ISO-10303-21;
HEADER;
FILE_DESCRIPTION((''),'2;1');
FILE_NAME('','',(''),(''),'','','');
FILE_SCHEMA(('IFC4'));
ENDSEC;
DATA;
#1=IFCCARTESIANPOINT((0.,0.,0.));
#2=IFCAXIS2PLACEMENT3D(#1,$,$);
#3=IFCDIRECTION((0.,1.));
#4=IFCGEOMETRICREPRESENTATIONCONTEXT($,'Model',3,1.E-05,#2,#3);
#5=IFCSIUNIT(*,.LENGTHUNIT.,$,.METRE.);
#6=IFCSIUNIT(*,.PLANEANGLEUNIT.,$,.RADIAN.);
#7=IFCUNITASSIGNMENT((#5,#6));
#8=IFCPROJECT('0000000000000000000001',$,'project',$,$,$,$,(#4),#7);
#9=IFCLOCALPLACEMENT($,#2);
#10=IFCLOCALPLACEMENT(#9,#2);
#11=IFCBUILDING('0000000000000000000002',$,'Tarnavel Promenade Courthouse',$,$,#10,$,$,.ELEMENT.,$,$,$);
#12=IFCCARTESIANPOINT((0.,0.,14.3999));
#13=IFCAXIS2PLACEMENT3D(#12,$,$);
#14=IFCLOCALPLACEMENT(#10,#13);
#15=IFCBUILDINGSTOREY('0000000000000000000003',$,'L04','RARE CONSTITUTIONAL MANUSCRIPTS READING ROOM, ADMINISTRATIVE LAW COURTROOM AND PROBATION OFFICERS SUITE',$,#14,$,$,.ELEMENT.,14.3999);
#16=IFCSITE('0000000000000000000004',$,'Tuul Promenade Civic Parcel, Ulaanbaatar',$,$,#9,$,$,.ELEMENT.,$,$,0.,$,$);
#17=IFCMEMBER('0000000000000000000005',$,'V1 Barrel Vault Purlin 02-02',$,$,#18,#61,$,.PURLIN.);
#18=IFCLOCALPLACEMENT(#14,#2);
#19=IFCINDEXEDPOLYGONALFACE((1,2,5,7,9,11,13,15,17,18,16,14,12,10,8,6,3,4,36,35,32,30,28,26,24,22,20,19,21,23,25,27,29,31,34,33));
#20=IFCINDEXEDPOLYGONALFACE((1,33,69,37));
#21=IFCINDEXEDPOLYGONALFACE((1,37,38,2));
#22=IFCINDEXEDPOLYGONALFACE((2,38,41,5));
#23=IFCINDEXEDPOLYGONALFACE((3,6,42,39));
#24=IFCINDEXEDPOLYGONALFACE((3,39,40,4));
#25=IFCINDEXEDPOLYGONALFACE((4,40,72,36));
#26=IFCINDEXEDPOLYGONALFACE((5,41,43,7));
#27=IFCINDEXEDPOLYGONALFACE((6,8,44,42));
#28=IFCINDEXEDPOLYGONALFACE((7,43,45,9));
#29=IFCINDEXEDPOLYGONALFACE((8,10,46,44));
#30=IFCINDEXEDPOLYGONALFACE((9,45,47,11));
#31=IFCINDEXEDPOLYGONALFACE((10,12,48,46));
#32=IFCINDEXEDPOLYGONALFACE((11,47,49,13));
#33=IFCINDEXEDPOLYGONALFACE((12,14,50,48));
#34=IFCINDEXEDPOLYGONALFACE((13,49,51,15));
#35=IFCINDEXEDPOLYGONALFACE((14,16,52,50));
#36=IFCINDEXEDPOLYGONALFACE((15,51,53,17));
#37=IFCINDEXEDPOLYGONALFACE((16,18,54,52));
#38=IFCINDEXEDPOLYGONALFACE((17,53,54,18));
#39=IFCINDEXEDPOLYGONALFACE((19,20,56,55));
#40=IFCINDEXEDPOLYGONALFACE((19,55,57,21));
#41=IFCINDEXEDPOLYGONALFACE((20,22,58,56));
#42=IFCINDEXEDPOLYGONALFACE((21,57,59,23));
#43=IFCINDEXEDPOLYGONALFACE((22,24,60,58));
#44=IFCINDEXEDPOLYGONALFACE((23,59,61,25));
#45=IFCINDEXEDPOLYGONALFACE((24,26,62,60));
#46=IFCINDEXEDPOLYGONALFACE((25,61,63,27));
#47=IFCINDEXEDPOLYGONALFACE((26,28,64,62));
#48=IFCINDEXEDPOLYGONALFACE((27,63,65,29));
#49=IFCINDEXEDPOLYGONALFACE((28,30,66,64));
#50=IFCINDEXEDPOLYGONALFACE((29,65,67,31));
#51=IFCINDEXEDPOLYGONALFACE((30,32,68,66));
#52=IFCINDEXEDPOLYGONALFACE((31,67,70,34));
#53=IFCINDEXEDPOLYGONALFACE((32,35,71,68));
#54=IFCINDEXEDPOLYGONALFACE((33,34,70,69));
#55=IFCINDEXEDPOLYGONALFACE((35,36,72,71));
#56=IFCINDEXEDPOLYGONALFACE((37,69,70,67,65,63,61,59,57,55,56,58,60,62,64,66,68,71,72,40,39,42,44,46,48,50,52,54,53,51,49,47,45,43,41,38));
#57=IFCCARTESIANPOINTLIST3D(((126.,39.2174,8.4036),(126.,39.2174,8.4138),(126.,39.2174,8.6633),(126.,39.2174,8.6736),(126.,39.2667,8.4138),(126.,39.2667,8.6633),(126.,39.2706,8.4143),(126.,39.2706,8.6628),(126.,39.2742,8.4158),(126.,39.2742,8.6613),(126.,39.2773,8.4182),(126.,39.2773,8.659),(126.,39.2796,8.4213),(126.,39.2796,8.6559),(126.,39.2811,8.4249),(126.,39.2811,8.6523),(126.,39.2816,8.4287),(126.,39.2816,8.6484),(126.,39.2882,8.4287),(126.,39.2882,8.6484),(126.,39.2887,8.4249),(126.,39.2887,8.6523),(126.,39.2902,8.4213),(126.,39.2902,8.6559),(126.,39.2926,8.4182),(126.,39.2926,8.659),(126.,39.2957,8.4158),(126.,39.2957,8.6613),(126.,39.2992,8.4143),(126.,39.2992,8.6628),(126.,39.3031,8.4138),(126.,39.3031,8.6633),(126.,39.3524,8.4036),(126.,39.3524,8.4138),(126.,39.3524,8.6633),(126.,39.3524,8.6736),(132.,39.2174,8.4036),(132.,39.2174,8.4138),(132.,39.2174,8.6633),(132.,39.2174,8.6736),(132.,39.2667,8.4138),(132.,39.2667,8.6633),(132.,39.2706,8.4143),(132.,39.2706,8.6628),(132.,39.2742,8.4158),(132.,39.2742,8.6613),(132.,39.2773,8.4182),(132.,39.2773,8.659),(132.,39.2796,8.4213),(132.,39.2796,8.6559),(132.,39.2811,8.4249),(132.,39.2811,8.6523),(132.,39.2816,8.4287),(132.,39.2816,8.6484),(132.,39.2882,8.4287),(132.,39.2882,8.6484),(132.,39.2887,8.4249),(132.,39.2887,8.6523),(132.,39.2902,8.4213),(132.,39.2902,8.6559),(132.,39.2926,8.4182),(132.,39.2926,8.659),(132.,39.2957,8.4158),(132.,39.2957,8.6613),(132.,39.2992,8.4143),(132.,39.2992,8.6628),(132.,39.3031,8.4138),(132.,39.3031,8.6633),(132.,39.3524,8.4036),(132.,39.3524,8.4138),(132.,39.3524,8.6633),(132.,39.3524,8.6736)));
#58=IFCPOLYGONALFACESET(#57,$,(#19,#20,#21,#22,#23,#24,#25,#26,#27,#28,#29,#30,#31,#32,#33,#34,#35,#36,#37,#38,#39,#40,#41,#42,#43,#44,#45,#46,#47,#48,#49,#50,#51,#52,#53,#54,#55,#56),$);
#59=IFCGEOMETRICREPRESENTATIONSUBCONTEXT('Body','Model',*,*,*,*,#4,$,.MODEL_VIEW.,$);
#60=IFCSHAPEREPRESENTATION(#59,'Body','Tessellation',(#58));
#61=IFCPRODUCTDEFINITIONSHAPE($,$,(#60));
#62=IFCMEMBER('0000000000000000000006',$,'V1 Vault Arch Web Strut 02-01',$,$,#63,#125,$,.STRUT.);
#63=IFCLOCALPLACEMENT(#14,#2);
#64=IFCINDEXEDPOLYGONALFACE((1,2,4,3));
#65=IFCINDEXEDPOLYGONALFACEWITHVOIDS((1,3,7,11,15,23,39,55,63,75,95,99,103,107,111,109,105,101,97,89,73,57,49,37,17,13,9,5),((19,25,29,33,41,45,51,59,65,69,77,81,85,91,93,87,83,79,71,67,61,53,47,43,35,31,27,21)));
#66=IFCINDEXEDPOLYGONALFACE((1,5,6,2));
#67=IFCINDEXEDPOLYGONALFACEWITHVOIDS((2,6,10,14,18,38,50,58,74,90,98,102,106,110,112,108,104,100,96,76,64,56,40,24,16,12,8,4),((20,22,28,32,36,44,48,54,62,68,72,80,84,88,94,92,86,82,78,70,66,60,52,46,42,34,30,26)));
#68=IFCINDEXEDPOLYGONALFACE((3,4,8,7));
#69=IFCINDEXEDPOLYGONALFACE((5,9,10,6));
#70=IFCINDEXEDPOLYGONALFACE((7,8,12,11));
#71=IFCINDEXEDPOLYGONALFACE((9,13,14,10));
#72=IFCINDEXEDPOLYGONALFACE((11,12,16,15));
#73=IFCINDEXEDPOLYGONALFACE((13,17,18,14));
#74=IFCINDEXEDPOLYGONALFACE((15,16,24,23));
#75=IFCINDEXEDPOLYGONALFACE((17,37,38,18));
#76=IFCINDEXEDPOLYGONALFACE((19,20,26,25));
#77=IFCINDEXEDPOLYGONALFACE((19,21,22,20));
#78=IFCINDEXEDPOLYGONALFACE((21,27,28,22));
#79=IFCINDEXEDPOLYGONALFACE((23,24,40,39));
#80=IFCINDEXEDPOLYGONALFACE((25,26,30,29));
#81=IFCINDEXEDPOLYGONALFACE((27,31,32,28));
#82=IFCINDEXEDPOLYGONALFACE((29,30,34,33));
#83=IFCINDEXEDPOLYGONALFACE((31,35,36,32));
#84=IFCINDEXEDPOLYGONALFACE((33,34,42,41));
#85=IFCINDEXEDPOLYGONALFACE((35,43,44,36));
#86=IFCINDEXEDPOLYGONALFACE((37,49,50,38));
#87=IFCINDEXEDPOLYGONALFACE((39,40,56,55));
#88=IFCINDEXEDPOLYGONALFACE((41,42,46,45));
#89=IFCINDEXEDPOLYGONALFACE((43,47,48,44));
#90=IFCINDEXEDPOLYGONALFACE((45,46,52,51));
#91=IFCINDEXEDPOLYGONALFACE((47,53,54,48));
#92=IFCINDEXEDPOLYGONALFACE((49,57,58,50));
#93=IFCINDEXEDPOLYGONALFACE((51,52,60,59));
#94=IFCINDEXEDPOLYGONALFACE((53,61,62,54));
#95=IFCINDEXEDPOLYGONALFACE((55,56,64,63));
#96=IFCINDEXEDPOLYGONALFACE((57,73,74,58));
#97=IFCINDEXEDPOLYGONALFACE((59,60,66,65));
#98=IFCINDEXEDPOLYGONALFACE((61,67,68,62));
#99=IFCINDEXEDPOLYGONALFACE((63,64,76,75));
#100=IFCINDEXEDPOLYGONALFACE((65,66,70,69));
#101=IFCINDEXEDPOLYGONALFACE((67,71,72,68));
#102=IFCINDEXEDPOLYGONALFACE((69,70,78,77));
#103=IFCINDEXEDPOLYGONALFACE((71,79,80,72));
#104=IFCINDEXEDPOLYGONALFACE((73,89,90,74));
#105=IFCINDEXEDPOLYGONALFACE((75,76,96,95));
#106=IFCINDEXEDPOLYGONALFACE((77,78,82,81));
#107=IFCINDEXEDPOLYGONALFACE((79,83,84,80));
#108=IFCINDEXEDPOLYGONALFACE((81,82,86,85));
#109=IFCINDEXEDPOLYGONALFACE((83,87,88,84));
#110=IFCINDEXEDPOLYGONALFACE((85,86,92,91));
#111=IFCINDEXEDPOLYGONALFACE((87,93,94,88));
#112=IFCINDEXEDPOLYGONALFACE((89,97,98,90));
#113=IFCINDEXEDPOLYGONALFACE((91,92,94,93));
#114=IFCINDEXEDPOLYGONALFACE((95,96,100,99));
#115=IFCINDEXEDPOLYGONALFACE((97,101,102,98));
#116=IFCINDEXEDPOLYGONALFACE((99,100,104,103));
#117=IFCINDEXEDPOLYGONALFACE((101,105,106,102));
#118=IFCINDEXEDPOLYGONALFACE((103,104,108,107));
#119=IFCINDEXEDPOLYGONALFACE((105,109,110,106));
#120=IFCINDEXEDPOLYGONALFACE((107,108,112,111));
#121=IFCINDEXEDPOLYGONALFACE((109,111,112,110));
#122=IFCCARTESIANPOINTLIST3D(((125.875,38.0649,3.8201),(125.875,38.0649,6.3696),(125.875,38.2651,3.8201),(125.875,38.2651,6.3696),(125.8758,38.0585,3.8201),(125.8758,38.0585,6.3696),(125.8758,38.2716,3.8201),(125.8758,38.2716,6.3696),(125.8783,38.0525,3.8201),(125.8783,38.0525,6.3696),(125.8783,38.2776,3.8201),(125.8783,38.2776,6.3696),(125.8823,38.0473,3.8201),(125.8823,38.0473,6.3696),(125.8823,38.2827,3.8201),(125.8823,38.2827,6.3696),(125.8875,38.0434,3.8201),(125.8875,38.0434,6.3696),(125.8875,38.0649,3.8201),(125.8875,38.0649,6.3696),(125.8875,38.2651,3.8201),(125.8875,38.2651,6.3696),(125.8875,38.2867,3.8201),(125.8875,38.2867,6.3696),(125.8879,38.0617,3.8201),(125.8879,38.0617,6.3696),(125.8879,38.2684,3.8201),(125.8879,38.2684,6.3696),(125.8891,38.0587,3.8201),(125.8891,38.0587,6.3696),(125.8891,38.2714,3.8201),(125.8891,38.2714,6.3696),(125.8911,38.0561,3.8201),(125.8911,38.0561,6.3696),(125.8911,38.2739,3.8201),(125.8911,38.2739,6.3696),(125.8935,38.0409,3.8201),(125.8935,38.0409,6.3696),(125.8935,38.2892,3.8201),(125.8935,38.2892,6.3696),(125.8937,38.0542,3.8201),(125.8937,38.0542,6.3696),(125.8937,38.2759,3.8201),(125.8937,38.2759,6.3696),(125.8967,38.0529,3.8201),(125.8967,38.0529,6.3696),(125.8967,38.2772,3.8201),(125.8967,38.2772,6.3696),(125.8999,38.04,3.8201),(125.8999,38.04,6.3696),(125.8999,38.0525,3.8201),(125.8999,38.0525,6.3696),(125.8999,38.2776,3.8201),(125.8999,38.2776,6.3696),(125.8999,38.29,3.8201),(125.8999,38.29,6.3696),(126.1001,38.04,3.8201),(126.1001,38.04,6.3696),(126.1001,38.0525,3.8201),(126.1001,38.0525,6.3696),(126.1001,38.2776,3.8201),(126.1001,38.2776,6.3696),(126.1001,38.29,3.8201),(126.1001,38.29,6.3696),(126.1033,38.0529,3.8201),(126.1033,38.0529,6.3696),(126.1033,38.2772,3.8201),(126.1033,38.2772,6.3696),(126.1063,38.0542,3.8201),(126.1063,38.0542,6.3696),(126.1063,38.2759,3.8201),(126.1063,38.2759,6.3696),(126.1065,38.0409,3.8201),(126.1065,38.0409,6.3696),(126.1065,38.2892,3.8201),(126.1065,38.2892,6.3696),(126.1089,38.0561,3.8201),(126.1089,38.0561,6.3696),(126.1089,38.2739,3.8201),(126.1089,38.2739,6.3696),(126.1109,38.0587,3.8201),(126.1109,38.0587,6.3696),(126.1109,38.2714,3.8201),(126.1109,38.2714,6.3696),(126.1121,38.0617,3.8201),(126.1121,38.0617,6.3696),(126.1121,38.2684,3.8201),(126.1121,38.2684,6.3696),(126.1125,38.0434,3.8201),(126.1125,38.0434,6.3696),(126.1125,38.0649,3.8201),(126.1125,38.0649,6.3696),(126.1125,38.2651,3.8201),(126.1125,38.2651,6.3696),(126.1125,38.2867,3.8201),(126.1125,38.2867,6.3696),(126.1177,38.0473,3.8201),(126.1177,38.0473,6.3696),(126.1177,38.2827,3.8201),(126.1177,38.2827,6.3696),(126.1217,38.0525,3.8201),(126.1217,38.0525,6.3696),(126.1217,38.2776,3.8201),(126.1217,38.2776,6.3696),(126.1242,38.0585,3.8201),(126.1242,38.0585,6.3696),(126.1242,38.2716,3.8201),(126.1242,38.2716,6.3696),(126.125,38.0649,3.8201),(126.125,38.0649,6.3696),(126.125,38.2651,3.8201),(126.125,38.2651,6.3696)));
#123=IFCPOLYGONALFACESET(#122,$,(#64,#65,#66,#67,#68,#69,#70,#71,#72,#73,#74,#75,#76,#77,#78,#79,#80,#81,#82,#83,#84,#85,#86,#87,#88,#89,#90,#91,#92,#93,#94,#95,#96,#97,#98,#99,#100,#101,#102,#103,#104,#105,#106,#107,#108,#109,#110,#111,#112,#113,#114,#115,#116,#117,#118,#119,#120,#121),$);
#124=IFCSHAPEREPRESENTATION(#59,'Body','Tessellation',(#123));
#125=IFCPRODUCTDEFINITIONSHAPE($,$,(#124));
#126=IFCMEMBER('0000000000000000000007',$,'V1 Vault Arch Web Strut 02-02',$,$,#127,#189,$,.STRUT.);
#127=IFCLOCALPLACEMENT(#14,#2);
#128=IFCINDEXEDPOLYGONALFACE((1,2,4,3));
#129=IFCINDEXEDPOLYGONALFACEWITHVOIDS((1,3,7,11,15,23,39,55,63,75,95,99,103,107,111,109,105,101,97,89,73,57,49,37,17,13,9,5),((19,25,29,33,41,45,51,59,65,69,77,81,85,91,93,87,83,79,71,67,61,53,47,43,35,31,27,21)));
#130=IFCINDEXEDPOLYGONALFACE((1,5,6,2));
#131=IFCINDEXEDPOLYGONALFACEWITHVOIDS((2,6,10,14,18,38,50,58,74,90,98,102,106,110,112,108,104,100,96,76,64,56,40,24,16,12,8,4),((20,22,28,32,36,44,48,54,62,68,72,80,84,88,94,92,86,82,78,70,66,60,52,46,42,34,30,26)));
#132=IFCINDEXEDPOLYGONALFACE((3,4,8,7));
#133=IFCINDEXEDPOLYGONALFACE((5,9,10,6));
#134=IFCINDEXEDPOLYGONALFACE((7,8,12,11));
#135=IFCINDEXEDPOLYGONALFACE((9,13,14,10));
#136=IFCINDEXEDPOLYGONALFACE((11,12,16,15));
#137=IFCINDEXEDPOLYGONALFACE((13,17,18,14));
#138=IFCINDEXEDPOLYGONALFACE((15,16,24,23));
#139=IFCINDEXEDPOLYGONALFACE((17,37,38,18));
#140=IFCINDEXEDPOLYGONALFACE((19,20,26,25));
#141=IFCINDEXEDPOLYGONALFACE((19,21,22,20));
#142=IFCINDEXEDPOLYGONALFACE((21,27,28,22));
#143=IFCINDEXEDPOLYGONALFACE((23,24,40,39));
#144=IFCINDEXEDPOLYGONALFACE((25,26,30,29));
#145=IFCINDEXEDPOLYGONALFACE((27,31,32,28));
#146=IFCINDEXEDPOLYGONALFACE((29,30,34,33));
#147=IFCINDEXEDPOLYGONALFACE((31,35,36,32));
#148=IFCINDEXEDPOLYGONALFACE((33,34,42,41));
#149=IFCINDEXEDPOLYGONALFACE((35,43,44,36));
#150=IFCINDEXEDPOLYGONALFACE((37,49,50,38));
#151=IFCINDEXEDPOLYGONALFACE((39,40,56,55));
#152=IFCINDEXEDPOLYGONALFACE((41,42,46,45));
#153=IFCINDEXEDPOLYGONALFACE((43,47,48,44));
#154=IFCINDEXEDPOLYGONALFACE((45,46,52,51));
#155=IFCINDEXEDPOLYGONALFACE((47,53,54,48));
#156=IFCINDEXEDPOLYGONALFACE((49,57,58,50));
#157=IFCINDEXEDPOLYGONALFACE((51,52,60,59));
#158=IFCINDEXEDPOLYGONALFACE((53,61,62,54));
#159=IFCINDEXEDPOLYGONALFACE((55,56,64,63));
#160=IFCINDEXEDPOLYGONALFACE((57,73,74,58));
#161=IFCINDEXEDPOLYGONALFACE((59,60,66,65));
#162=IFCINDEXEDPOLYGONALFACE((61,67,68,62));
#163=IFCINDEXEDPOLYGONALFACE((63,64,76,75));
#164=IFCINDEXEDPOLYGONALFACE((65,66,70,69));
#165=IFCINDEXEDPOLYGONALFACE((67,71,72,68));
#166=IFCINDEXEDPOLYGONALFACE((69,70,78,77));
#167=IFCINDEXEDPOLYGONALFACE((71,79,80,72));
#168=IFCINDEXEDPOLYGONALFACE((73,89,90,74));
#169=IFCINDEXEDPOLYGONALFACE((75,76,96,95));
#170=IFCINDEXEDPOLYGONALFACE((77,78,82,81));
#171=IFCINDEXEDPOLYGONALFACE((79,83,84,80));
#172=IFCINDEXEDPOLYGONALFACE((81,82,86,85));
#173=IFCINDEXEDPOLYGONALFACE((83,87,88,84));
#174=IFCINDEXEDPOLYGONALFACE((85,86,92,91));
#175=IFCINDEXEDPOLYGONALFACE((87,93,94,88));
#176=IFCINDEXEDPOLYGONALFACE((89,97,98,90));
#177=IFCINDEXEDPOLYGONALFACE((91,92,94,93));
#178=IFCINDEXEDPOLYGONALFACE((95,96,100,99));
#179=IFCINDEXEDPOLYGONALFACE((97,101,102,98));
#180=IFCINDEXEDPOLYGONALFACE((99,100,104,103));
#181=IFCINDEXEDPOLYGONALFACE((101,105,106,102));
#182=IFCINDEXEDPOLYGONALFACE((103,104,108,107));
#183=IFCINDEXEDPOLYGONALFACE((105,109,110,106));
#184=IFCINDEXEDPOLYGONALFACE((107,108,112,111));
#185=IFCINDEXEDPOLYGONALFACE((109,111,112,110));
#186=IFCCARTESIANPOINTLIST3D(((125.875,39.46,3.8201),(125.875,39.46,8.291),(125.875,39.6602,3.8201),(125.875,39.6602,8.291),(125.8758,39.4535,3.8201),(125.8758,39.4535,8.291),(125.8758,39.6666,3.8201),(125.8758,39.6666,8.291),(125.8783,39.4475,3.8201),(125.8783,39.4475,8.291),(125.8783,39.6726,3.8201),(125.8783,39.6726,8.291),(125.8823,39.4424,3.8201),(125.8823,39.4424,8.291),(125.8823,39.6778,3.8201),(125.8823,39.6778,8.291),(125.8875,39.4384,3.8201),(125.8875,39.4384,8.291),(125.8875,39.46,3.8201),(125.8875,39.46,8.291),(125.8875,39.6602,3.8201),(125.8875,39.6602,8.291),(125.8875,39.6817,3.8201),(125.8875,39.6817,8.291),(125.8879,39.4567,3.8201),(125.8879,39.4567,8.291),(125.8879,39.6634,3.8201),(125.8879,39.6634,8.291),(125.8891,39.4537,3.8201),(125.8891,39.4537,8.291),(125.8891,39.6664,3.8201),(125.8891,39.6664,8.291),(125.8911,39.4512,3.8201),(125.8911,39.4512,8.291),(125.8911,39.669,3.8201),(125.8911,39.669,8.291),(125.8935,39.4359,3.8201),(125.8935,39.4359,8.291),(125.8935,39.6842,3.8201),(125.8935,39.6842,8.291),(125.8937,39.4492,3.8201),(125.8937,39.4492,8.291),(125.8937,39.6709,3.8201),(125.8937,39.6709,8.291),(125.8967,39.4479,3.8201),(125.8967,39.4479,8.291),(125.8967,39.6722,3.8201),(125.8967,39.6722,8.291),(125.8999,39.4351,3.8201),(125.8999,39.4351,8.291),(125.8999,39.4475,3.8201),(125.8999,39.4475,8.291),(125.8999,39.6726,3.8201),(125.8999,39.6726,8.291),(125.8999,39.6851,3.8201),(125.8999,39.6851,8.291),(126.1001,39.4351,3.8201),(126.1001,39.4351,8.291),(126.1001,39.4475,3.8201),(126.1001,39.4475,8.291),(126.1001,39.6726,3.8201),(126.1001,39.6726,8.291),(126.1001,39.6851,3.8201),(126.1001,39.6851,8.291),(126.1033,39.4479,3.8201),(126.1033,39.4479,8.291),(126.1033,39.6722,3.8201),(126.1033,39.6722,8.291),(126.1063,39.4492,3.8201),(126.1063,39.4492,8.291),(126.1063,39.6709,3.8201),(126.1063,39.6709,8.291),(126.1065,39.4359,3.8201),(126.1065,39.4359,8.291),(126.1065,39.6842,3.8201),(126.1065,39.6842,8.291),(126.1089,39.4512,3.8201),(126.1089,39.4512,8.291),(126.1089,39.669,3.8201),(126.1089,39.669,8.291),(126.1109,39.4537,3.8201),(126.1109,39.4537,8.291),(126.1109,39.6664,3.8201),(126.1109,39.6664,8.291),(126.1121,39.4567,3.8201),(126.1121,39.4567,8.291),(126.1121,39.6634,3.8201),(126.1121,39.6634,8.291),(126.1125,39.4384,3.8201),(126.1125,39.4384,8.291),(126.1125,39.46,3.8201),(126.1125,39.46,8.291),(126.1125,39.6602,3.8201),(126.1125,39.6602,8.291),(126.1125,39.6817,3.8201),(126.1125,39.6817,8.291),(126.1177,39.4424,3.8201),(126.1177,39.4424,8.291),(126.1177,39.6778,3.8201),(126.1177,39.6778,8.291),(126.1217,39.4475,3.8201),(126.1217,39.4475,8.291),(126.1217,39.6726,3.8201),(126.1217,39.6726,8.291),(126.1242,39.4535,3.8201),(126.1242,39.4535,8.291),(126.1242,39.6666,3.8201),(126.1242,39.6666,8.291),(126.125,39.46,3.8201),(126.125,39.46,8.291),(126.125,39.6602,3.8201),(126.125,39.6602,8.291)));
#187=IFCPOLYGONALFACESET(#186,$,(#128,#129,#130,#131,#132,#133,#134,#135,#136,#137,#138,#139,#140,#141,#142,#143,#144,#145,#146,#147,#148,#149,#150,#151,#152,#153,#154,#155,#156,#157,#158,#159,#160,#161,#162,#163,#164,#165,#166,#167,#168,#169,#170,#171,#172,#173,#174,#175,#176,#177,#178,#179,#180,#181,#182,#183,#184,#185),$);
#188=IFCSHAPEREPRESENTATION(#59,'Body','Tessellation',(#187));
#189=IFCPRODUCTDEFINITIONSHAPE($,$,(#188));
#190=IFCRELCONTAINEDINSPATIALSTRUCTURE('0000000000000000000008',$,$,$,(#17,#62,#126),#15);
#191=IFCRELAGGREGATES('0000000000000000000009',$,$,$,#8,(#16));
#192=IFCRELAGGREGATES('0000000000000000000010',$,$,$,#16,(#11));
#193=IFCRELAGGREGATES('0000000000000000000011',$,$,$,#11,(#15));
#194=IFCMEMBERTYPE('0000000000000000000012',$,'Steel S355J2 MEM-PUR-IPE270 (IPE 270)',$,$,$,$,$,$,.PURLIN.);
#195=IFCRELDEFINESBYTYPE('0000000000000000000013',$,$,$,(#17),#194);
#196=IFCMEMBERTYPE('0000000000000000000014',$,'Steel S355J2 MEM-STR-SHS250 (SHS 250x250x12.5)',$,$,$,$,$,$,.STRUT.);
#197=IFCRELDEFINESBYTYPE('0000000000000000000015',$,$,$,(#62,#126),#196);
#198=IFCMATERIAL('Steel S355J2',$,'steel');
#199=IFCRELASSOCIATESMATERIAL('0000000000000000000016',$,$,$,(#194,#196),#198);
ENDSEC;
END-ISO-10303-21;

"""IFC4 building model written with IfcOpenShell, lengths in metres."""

from ifc_helpers import new_model, si_unit, direction, frame, origin, origin_2d, place, context, subcontext, project, spatial, hollow_rectangle, i_section, extrude, material, material_profile, profile_set, type_object, element, save


model = new_model("IFC4")

# Units and contexts
model_context = context("Model", 3, precision=1e-05, world=origin(), true_north=direction((0.0, 1.0)))
body_context = subcontext(model_context, "Body", "Model", "MODEL_VIEW")
ifc_project = project(units=[si_unit("LENGTHUNIT", "METRE"), si_unit("PLANEANGLEUNIT", "RADIAN")], contexts=[model_context])

# Site, building, storey
site_placement = place(None, origin())
site = spatial("IfcSite", under=ifc_project, at=site_placement, Name="Tuul Promenade Civic Parcel, Ulaanbaatar", CompositionType="ELEMENT", RefElevation=0.0)
building_placement = place(site_placement, origin())
building = spatial("IfcBuilding", under=site, at=building_placement, Name="Tarnavel Promenade Courthouse", CompositionType="ELEMENT")
storey_placement = place(building_placement, frame((0.0, 0.0, 14.3999)))
storey = spatial("IfcBuildingStorey", under=building, at=storey_placement, Name="L04", Description="RARE CONSTITUTIONAL MANUSCRIPTS READING ROOM, ADMINISTRATIVE LAW COURTROOM AND PROBATION OFFICERS SUITE", CompositionType="ELEMENT", Elevation=14.3999)

# Shared definitions
ifc_material_1 = material(Name="Steel S355J2", Category="steel")

# Members
ifc_material_profile_1 = material_profile(ifc_material_1, i_section(OverallWidth=0.135, OverallDepth=0.27, WebThickness=0.0066, FlangeThickness=0.0103, FilletRadius=0.0149, at=origin_2d()), Name="IPE 270")
ifc_profile_set_1 = profile_set([ifc_material_profile_1], Name="Steel S355J2")
member_type_1 = type_object("IfcMemberType", Name="Steel S355J2 MEM-PUR-IPE270 (IPE 270)", PredefinedType="PURLIN", material=ifc_profile_set_1)
for number, where, z_axis, x_axis, name in (
    (1, (126.0, 39.2849, 8.5386), (1.0, 0.0, 0.0), (0.0, 1.0, 0.0), "V1 Barrel Vault Purlin 02-02"),
):
    element("IfcMember", number, at=place(storey_placement, frame(where, z_axis=z_axis, x_axis=x_axis)), inside=storey, type_object=member_type_1, Name=name, PredefinedType="PURLIN", context=body_context, shape_type="SweptSolid", body=[
        extrude(i_section(OverallWidth=0.135, OverallDepth=0.27, WebThickness=0.0066, FlangeThickness=0.0103, FilletRadius=0.0149, at=origin_2d()), origin(), (0.0, 0.0, 1.0), 6.0),
    ])
ifc_material_profile_2 = material_profile(ifc_material_1, hollow_rectangle(XDim=0.25, YDim=0.25, WallThickness=0.0125, InnerFilletRadius=0.0125, OuterFilletRadius=0.0249, at=origin_2d()), Name="SHS 250x250x12.5")
ifc_profile_set_2 = profile_set([ifc_material_profile_2], Name="Steel S355J2")
member_type_2 = type_object("IfcMemberType", Name="Steel S355J2 MEM-STR-SHS250 (SHS 250x250x12.5)", PredefinedType="STRUT", material=ifc_profile_set_2)
member_1_placement = place(storey_placement, frame((126.0, 38.165, 3.8201), z_axis=(0.0, 0.0, 1.0), x_axis=(1.0, 0.0, 0.0)))
element("IfcMember", 2, at=member_1_placement, inside=storey, type_object=member_type_2, Name="V1 Vault Arch Web Strut 02-01", PredefinedType="STRUT", context=body_context, shape_type="SweptSolid", body=[
    extrude(hollow_rectangle(XDim=0.25, YDim=0.25, WallThickness=0.0125, InnerFilletRadius=0.0125, OuterFilletRadius=0.0249, at=origin_2d()), origin(), (0.0, 0.0, 1.0), 2.5496),
])
member_2_placement = place(storey_placement, frame((126.0, 39.5601, 3.8201), z_axis=(0.0, 0.0, 1.0), x_axis=(1.0, 0.0, 0.0)))
element("IfcMember", 3, at=member_2_placement, inside=storey, type_object=member_type_2, Name="V1 Vault Arch Web Strut 02-02", PredefinedType="STRUT", context=body_context, shape_type="SweptSolid", body=[
    extrude(hollow_rectangle(XDim=0.25, YDim=0.25, WallThickness=0.0125, InnerFilletRadius=0.0125, OuterFilletRadius=0.0249, at=origin_2d()), origin(), (0.0, 0.0, 1.0), 4.4709),
])

save(model, "model.ifc")
